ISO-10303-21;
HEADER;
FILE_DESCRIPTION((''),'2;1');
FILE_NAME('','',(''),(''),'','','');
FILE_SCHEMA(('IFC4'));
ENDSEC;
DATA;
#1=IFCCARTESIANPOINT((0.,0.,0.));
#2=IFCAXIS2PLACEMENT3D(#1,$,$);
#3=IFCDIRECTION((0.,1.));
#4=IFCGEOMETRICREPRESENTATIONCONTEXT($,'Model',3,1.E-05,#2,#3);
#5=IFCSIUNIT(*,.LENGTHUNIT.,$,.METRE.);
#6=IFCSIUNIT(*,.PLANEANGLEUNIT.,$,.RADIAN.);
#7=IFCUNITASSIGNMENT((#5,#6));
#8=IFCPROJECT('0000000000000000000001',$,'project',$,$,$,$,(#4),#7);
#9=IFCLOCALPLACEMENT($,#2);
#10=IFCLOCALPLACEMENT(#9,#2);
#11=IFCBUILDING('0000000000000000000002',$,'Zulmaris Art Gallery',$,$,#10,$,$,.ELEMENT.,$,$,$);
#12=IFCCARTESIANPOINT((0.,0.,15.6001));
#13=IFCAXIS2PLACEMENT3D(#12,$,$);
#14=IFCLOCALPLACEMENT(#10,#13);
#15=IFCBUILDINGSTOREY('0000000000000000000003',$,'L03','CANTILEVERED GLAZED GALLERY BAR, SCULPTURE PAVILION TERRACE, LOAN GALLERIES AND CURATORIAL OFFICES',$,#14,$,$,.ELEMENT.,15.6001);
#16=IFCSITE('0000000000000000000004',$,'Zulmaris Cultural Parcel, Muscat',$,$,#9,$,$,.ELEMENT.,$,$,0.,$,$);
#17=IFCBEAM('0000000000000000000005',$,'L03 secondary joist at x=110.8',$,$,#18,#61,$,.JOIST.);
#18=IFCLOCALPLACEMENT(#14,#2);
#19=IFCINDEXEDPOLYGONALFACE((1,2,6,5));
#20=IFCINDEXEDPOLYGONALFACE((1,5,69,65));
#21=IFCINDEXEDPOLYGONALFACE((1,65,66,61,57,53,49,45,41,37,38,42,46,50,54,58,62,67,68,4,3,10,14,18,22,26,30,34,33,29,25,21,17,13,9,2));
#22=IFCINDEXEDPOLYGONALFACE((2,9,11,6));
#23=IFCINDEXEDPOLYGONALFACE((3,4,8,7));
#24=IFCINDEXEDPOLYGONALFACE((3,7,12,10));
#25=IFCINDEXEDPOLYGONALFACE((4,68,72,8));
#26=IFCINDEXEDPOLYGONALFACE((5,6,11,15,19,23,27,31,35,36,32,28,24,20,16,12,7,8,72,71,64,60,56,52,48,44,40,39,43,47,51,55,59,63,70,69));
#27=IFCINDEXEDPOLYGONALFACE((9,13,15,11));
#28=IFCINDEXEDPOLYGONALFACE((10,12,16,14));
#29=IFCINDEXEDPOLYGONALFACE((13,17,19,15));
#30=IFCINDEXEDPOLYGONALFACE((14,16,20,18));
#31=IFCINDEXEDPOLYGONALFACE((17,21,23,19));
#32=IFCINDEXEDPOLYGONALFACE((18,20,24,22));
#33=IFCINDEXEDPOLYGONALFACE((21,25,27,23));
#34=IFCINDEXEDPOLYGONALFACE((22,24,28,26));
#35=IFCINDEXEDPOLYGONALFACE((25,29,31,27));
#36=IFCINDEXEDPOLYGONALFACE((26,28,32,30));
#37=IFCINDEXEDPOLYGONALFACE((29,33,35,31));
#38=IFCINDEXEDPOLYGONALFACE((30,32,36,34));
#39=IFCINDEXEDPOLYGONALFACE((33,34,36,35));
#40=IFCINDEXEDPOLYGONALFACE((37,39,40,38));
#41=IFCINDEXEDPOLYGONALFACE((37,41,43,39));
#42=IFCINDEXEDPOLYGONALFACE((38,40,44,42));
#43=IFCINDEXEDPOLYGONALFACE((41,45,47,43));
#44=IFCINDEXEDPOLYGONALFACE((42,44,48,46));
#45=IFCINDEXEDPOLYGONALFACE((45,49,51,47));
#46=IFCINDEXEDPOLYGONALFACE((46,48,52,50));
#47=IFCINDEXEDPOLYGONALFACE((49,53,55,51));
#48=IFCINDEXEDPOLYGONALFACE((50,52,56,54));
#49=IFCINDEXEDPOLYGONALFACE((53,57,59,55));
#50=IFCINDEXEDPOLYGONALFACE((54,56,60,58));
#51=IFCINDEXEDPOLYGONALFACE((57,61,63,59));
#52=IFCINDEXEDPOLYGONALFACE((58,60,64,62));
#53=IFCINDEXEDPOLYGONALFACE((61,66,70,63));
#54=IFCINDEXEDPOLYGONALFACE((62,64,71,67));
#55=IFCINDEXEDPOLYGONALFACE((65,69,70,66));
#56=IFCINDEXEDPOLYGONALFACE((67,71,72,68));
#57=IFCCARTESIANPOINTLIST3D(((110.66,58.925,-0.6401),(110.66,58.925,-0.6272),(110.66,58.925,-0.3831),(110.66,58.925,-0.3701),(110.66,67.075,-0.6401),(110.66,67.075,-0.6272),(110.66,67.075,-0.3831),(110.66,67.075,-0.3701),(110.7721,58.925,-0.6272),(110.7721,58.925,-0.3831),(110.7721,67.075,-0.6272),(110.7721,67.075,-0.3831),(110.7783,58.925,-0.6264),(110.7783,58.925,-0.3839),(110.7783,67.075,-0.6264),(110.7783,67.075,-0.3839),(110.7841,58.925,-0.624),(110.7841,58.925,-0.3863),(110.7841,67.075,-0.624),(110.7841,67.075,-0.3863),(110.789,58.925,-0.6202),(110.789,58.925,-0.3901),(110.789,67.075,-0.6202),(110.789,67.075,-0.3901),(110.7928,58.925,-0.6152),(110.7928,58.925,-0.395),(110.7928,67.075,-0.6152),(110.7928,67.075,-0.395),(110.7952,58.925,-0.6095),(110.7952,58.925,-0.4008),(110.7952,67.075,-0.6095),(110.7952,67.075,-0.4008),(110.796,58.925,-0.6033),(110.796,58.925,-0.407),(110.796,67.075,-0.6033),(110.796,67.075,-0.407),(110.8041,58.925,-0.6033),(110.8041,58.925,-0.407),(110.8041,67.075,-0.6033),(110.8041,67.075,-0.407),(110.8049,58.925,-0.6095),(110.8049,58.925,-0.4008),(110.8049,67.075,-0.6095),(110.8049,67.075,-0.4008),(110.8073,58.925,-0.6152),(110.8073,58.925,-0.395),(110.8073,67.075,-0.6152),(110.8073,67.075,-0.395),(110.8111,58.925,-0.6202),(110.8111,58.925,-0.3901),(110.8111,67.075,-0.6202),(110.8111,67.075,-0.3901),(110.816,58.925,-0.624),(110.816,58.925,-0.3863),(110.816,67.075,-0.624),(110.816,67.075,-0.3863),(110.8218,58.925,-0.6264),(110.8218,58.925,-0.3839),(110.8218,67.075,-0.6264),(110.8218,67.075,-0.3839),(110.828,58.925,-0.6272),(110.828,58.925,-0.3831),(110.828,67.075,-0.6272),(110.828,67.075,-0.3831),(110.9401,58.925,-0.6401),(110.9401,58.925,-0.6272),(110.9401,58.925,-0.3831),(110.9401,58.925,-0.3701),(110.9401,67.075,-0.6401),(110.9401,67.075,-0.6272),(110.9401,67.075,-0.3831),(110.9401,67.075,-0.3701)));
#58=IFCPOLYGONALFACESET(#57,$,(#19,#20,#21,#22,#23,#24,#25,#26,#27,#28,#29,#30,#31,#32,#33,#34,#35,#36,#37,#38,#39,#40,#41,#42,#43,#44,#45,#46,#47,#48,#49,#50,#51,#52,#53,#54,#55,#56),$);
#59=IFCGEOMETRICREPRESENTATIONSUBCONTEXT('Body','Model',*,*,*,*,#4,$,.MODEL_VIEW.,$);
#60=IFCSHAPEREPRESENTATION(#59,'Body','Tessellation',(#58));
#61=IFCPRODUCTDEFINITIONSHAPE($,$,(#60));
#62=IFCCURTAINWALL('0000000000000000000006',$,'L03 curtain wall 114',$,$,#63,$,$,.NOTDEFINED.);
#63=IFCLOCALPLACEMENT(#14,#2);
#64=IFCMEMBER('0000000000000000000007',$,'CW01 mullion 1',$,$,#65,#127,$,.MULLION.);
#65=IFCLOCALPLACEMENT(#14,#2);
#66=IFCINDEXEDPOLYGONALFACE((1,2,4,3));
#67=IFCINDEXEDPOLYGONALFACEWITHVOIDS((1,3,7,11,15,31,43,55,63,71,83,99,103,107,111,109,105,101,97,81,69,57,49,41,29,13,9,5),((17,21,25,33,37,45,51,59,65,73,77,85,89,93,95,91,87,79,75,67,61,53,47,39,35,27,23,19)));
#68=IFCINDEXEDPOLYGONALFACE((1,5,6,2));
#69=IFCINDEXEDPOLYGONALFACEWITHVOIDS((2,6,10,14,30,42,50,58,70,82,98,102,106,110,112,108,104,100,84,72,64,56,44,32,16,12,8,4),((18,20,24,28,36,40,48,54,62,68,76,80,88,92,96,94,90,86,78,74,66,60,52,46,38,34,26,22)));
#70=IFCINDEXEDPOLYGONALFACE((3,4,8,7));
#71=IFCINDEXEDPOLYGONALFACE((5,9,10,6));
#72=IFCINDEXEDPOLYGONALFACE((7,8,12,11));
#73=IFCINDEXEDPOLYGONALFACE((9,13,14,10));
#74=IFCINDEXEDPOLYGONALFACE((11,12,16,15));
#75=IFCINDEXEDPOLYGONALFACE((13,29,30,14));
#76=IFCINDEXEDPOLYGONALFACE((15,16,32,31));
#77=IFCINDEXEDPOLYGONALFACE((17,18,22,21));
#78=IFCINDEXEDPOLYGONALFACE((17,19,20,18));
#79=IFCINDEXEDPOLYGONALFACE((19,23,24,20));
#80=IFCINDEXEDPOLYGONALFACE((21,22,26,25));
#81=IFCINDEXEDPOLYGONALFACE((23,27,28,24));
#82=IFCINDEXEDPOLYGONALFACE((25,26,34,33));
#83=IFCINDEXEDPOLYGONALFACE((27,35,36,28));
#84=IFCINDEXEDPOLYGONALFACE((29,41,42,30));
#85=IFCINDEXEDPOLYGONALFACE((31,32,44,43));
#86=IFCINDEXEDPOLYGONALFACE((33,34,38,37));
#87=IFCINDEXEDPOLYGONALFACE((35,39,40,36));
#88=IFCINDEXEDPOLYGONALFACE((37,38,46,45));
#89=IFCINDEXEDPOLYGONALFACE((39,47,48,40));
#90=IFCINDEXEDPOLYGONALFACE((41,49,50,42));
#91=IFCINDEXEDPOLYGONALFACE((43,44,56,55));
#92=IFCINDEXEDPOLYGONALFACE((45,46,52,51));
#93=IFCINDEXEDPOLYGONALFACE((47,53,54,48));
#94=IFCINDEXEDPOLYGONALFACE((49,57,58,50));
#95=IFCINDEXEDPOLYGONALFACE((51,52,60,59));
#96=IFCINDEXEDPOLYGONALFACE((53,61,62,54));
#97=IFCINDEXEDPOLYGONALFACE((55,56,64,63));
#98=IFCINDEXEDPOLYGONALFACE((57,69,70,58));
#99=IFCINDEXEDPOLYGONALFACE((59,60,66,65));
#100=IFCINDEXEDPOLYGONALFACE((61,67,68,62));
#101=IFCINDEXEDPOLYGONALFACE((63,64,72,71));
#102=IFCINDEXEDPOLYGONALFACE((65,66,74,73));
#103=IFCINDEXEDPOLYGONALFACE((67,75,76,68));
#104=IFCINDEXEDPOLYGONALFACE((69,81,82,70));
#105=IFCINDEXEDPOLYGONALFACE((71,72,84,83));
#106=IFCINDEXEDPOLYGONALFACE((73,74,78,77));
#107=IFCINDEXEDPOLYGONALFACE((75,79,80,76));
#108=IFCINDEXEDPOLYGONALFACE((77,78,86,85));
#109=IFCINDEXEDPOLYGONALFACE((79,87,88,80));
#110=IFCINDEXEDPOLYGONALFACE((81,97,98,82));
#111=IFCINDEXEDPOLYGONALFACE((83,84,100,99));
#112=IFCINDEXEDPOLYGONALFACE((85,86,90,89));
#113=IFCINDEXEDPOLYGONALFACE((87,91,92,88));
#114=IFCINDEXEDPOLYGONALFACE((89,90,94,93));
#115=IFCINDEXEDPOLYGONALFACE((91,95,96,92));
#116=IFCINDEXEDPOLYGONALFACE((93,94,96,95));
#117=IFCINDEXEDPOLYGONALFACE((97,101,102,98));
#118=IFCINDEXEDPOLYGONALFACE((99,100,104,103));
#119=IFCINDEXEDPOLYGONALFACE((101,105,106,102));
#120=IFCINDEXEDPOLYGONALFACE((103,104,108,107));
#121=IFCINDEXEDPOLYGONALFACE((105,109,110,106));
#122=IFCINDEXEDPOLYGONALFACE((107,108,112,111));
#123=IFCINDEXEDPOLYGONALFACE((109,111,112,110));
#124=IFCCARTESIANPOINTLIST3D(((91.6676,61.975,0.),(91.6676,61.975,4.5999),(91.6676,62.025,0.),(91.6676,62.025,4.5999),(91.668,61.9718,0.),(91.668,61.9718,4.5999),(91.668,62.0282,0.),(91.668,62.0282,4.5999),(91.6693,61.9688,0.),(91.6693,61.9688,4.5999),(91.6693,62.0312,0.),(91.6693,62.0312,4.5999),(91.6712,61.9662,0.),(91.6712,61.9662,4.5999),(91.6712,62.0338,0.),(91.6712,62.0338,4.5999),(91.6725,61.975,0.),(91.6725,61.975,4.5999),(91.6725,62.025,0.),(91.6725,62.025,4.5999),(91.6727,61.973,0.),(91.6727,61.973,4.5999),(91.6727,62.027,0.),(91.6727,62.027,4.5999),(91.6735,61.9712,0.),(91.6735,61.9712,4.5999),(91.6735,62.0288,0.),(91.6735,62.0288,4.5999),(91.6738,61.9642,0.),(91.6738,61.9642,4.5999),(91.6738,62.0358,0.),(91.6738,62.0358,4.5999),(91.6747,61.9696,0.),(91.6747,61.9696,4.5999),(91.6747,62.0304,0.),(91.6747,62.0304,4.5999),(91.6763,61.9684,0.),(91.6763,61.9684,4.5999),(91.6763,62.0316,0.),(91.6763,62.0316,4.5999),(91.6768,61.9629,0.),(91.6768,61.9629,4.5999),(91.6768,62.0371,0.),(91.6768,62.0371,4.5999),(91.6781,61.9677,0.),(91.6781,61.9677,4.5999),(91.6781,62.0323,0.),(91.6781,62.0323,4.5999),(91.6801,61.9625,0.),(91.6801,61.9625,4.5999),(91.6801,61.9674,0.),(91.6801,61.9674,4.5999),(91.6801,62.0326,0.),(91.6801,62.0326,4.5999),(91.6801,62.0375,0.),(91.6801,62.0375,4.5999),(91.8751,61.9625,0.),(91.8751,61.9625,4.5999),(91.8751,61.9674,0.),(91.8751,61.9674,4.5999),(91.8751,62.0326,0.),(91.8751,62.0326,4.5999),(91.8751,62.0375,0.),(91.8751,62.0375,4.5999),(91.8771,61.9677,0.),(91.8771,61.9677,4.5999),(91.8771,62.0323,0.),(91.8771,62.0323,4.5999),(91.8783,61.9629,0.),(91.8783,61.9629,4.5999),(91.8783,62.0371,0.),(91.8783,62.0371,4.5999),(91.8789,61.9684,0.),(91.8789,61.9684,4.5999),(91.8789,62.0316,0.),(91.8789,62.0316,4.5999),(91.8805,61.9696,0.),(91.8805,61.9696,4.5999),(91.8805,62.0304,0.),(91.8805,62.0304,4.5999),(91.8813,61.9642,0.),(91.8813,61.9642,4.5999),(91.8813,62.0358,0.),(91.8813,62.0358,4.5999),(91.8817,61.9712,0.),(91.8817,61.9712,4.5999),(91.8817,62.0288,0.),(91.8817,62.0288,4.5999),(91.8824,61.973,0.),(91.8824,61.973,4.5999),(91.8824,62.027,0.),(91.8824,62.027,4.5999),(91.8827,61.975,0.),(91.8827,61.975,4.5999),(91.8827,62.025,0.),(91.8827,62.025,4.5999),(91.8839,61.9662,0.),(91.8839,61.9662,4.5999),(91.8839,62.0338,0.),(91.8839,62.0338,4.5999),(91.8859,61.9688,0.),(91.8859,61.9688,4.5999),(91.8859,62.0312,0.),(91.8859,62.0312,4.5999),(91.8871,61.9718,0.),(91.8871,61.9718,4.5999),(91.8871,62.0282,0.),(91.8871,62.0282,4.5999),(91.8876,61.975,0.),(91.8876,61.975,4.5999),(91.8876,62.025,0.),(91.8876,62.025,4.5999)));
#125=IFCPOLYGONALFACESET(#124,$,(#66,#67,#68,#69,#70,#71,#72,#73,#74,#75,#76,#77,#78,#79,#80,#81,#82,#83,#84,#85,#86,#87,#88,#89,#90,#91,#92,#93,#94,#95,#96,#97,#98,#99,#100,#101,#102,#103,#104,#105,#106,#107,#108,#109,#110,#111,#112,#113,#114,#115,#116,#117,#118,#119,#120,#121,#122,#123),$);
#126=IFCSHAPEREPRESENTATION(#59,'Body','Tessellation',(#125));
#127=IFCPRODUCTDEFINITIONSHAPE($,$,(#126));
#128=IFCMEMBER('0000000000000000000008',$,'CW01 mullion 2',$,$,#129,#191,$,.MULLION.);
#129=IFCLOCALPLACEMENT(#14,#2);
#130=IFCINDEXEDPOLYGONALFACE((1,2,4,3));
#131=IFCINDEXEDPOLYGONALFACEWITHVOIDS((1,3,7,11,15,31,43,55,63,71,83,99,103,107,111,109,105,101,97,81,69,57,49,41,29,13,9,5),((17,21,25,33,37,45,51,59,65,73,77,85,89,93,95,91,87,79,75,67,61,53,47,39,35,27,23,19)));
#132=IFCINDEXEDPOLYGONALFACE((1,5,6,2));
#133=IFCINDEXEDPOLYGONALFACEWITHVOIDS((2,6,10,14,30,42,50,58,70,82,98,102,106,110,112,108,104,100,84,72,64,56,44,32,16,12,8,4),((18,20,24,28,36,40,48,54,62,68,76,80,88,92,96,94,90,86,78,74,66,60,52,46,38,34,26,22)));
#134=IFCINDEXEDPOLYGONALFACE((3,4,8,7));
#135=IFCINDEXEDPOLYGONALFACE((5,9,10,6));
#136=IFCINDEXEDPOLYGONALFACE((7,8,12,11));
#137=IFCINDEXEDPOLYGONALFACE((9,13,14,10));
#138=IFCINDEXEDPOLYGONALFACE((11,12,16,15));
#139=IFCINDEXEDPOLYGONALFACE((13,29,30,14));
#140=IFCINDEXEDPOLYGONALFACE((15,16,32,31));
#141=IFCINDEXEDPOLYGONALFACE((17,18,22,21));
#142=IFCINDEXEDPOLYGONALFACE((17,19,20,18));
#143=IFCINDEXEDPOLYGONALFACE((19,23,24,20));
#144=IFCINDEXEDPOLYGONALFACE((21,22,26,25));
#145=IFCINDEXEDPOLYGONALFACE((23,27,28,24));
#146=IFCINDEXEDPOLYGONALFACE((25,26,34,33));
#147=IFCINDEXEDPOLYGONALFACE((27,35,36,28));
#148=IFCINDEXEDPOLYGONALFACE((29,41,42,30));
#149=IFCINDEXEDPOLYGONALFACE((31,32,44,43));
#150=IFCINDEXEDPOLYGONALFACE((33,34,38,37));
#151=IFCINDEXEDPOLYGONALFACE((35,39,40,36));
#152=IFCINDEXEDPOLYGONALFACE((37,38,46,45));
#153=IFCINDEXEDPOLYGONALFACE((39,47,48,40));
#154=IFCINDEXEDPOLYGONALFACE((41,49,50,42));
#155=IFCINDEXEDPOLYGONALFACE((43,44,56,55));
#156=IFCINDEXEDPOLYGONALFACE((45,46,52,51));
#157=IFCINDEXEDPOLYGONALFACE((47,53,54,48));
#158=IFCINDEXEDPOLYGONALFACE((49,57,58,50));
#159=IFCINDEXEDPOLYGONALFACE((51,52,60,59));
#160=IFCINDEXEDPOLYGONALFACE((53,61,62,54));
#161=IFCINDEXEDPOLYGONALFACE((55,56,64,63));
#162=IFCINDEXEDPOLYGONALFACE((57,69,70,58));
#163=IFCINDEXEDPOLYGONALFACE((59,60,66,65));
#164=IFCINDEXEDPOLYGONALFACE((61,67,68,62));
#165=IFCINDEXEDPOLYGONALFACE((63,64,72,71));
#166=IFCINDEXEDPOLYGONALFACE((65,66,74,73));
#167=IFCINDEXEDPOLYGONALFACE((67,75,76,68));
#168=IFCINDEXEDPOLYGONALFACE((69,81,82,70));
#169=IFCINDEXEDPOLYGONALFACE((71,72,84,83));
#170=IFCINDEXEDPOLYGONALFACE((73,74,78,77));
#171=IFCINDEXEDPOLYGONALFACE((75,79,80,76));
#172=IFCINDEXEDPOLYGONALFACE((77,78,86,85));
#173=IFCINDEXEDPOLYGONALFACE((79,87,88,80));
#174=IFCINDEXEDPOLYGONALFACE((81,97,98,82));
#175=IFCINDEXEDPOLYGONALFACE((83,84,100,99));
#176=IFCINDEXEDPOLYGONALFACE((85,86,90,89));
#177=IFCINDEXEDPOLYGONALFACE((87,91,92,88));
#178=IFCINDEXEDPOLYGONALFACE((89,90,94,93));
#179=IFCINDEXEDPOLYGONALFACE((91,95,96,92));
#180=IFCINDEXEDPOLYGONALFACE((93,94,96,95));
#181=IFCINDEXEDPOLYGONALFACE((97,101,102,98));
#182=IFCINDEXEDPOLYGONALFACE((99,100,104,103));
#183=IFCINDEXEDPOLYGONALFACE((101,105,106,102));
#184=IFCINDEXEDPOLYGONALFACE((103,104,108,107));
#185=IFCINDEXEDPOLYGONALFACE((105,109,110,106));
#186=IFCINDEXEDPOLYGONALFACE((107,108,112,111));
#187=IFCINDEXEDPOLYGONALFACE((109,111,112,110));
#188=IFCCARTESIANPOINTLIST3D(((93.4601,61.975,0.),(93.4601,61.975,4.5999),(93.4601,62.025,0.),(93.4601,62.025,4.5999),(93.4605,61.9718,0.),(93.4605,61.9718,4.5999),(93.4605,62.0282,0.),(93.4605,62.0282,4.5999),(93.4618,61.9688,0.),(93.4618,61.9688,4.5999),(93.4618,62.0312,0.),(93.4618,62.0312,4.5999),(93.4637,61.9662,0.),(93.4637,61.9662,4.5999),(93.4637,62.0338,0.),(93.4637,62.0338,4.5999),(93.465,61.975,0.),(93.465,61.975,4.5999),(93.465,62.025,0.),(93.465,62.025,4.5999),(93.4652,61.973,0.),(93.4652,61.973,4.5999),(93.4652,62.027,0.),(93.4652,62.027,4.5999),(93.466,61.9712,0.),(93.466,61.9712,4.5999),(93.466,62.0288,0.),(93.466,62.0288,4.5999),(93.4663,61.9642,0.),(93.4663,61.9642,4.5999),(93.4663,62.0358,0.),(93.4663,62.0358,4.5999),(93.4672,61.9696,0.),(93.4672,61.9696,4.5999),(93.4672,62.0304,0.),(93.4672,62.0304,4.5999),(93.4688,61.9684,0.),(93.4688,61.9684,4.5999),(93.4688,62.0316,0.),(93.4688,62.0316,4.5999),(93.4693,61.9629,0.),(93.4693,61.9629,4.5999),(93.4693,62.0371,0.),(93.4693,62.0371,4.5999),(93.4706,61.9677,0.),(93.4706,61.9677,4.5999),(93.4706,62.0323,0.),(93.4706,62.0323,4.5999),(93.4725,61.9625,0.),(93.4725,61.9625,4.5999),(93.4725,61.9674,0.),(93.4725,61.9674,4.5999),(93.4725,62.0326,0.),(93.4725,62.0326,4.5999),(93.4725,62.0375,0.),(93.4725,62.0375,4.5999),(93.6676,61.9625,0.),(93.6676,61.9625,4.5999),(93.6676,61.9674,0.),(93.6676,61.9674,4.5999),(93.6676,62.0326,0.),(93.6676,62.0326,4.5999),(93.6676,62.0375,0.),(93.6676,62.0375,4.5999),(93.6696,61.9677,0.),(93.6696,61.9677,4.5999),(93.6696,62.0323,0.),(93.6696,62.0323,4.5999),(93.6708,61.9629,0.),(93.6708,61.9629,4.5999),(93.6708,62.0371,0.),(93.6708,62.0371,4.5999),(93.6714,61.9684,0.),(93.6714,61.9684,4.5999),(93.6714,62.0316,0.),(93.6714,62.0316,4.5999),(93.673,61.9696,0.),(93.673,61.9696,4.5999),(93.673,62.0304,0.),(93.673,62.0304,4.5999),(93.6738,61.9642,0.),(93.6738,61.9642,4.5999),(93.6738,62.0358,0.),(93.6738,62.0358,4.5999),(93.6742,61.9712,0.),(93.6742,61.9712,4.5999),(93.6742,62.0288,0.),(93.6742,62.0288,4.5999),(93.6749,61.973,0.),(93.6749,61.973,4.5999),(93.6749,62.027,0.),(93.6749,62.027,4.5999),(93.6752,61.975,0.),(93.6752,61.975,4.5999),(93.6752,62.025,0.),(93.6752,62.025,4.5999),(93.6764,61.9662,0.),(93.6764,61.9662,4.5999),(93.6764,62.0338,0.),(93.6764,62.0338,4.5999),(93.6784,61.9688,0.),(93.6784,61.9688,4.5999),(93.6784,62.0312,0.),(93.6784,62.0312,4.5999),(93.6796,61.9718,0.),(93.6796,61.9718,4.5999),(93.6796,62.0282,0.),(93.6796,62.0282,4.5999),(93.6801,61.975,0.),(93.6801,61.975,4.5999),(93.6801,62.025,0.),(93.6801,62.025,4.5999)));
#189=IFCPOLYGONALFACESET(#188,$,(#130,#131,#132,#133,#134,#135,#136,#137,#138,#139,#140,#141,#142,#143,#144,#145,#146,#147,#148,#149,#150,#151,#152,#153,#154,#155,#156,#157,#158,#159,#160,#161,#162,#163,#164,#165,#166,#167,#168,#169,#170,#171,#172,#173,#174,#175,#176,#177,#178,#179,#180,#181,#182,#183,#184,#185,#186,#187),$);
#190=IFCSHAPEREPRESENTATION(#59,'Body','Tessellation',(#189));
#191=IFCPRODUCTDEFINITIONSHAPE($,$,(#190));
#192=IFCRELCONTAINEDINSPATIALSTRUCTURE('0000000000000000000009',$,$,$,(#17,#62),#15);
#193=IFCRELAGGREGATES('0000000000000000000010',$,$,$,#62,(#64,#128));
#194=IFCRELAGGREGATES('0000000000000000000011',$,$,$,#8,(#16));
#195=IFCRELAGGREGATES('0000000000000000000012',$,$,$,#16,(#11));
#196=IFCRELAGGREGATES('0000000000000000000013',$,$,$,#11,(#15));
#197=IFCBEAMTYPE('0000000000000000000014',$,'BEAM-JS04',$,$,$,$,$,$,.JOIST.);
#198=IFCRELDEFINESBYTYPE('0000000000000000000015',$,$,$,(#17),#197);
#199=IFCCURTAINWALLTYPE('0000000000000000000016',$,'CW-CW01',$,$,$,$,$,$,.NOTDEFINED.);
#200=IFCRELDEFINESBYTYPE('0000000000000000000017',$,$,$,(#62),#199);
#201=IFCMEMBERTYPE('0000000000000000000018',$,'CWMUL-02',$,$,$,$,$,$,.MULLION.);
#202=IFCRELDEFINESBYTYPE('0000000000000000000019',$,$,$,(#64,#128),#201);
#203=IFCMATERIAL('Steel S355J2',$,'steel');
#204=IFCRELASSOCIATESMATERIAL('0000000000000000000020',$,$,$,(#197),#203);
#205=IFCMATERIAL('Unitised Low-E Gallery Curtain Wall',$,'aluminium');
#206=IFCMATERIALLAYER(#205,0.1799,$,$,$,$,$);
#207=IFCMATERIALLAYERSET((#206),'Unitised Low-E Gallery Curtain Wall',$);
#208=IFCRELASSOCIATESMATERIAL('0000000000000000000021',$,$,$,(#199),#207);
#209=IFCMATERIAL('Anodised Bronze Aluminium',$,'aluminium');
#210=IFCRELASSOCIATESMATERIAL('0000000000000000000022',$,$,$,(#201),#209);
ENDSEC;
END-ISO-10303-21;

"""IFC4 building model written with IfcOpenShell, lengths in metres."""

from ifc_helpers import new_model, si_unit, direction, frame, origin, origin_2d, place, context, subcontext, project, spatial, hollow_rectangle, i_section, extrude, material, layer, layer_set, material_profile, profile_set, type_object, element, aggregate, save


model = new_model("IFC4")

# Units and contexts
model_context = context("Model", 3, precision=1e-05, world=origin(), true_north=direction((0.0, 1.0)))
body_context = subcontext(model_context, "Body", "Model", "MODEL_VIEW")
ifc_project = project(units=[si_unit("LENGTHUNIT", "METRE"), si_unit("PLANEANGLEUNIT", "RADIAN")], contexts=[model_context])

# Site, building, storey
site_placement = place(None, origin())
site = spatial("IfcSite", under=ifc_project, at=site_placement, Name="Zulmaris Cultural Parcel, Muscat", CompositionType="ELEMENT", RefElevation=0.0)
building_placement = place(site_placement, origin())
building = spatial("IfcBuilding", under=site, at=building_placement, Name="Zulmaris Art Gallery", CompositionType="ELEMENT")
storey_placement = place(building_placement, frame((0.0, 0.0, 15.6001)))
storey = spatial("IfcBuildingStorey", under=building, at=storey_placement, Name="L03", Description="CANTILEVERED GLAZED GALLERY BAR, SCULPTURE PAVILION TERRACE, LOAN GALLERIES AND CURATORIAL OFFICES", CompositionType="ELEMENT", Elevation=15.6001)

# Beam
ifc_material_1 = material(Name="Steel S355J2", Category="steel")
ifc_material_profile_1 = material_profile(ifc_material_1, i_section(OverallWidth=0.28, OverallDepth=0.27, WebThickness=0.0081, FlangeThickness=0.0129, FilletRadius=0.0239, at=origin_2d()), Name="HEA 280")
ifc_profile_set_1 = profile_set([ifc_material_profile_1], Name="Steel S355J2")
beam_type_1 = type_object("IfcBeamType", Name="BEAM-JS04", PredefinedType="JOIST", material=ifc_profile_set_1)
for number, where, z_axis, x_axis, name in (
    (1, (110.8, 58.925, -0.5051), (0.0, 1.0, 0.0), (-1.0, 0.0, 0.0), "L03 secondary joist at x=110.8"),
):
    element("IfcBeam", number, at=place(storey_placement, frame(where, z_axis=z_axis, x_axis=x_axis)), inside=storey, type_object=beam_type_1, Name=name, PredefinedType="JOIST", context=body_context, shape_type="SweptSolid", body=[
        extrude(i_section(OverallWidth=0.28, OverallDepth=0.27, WebThickness=0.0081, FlangeThickness=0.0129, FilletRadius=0.0239, at=origin_2d()), origin(), (0.0, 0.0, 1.0), 8.1499),
    ])

# Curtain wall, members
ifc_material_2 = material(Name="Unitised Low-E Gallery Curtain Wall", Category="aluminium")
ifc_layer_1 = layer(ifc_material_2, 0.1799)
ifc_layer_set_1 = layer_set([ifc_layer_1], Name="Unitised Low-E Gallery Curtain Wall")
curtain_wall_type = type_object("IfcCurtainWallType", Name="CW-CW01", PredefinedType="NOTDEFINED", material=ifc_layer_set_1)
curtain_wall_placement = place(storey_placement, origin())
curtain_wall = element("IfcCurtainWall", 2, at=curtain_wall_placement, inside=storey, type_object=curtain_wall_type, Name="L03 curtain wall 114", PredefinedType="NOTDEFINED")
ifc_material_3 = material(Name="Anodised Bronze Aluminium", Category="aluminium")
ifc_material_profile_2 = material_profile(ifc_material_3, hollow_rectangle(XDim=0.075, YDim=0.22, WallThickness=0.0049, InnerFilletRadius=0.0076, OuterFilletRadius=0.0125, at=origin_2d()), Name="ALU 75x220x5")
ifc_profile_set_2 = profile_set([ifc_material_profile_2], Name="Anodised Bronze Aluminium")
member_type_1 = type_object("IfcMemberType", Name="CWMUL-02", PredefinedType="MULLION", material=ifc_profile_set_2)
member_1_placement = place(storey_placement, frame((91.7776, 62.0, 0.0), z_axis=(0.0, 0.0, 1.0), x_axis=(0.0, 1.0, 0.0)))
member_1 = element("IfcMember", 3, at=member_1_placement, type_object=member_type_1, Name="CW01 mullion 1", PredefinedType="MULLION", context=body_context, shape_type="SweptSolid", body=[
    extrude(hollow_rectangle(XDim=0.075, YDim=0.22, WallThickness=0.0049, InnerFilletRadius=0.0076, OuterFilletRadius=0.0125, at=origin_2d()), origin(), (0.0, 0.0, 1.0), 4.5999),
])
member_2_placement = place(storey_placement, frame((93.5701, 62.0, 0.0), z_axis=(0.0, 0.0, 1.0), x_axis=(0.0, 1.0, 0.0)))
member_2 = element("IfcMember", 4, at=member_2_placement, type_object=member_type_1, Name="CW01 mullion 2", PredefinedType="MULLION", context=body_context, shape_type="SweptSolid", body=[
    extrude(hollow_rectangle(XDim=0.075, YDim=0.22, WallThickness=0.0049, InnerFilletRadius=0.0076, OuterFilletRadius=0.0125, at=origin_2d()), origin(), (0.0, 0.0, 1.0), 4.5999),
])
aggregate(curtain_wall, [member_1, member_2])

save(model, "model.ifc")
